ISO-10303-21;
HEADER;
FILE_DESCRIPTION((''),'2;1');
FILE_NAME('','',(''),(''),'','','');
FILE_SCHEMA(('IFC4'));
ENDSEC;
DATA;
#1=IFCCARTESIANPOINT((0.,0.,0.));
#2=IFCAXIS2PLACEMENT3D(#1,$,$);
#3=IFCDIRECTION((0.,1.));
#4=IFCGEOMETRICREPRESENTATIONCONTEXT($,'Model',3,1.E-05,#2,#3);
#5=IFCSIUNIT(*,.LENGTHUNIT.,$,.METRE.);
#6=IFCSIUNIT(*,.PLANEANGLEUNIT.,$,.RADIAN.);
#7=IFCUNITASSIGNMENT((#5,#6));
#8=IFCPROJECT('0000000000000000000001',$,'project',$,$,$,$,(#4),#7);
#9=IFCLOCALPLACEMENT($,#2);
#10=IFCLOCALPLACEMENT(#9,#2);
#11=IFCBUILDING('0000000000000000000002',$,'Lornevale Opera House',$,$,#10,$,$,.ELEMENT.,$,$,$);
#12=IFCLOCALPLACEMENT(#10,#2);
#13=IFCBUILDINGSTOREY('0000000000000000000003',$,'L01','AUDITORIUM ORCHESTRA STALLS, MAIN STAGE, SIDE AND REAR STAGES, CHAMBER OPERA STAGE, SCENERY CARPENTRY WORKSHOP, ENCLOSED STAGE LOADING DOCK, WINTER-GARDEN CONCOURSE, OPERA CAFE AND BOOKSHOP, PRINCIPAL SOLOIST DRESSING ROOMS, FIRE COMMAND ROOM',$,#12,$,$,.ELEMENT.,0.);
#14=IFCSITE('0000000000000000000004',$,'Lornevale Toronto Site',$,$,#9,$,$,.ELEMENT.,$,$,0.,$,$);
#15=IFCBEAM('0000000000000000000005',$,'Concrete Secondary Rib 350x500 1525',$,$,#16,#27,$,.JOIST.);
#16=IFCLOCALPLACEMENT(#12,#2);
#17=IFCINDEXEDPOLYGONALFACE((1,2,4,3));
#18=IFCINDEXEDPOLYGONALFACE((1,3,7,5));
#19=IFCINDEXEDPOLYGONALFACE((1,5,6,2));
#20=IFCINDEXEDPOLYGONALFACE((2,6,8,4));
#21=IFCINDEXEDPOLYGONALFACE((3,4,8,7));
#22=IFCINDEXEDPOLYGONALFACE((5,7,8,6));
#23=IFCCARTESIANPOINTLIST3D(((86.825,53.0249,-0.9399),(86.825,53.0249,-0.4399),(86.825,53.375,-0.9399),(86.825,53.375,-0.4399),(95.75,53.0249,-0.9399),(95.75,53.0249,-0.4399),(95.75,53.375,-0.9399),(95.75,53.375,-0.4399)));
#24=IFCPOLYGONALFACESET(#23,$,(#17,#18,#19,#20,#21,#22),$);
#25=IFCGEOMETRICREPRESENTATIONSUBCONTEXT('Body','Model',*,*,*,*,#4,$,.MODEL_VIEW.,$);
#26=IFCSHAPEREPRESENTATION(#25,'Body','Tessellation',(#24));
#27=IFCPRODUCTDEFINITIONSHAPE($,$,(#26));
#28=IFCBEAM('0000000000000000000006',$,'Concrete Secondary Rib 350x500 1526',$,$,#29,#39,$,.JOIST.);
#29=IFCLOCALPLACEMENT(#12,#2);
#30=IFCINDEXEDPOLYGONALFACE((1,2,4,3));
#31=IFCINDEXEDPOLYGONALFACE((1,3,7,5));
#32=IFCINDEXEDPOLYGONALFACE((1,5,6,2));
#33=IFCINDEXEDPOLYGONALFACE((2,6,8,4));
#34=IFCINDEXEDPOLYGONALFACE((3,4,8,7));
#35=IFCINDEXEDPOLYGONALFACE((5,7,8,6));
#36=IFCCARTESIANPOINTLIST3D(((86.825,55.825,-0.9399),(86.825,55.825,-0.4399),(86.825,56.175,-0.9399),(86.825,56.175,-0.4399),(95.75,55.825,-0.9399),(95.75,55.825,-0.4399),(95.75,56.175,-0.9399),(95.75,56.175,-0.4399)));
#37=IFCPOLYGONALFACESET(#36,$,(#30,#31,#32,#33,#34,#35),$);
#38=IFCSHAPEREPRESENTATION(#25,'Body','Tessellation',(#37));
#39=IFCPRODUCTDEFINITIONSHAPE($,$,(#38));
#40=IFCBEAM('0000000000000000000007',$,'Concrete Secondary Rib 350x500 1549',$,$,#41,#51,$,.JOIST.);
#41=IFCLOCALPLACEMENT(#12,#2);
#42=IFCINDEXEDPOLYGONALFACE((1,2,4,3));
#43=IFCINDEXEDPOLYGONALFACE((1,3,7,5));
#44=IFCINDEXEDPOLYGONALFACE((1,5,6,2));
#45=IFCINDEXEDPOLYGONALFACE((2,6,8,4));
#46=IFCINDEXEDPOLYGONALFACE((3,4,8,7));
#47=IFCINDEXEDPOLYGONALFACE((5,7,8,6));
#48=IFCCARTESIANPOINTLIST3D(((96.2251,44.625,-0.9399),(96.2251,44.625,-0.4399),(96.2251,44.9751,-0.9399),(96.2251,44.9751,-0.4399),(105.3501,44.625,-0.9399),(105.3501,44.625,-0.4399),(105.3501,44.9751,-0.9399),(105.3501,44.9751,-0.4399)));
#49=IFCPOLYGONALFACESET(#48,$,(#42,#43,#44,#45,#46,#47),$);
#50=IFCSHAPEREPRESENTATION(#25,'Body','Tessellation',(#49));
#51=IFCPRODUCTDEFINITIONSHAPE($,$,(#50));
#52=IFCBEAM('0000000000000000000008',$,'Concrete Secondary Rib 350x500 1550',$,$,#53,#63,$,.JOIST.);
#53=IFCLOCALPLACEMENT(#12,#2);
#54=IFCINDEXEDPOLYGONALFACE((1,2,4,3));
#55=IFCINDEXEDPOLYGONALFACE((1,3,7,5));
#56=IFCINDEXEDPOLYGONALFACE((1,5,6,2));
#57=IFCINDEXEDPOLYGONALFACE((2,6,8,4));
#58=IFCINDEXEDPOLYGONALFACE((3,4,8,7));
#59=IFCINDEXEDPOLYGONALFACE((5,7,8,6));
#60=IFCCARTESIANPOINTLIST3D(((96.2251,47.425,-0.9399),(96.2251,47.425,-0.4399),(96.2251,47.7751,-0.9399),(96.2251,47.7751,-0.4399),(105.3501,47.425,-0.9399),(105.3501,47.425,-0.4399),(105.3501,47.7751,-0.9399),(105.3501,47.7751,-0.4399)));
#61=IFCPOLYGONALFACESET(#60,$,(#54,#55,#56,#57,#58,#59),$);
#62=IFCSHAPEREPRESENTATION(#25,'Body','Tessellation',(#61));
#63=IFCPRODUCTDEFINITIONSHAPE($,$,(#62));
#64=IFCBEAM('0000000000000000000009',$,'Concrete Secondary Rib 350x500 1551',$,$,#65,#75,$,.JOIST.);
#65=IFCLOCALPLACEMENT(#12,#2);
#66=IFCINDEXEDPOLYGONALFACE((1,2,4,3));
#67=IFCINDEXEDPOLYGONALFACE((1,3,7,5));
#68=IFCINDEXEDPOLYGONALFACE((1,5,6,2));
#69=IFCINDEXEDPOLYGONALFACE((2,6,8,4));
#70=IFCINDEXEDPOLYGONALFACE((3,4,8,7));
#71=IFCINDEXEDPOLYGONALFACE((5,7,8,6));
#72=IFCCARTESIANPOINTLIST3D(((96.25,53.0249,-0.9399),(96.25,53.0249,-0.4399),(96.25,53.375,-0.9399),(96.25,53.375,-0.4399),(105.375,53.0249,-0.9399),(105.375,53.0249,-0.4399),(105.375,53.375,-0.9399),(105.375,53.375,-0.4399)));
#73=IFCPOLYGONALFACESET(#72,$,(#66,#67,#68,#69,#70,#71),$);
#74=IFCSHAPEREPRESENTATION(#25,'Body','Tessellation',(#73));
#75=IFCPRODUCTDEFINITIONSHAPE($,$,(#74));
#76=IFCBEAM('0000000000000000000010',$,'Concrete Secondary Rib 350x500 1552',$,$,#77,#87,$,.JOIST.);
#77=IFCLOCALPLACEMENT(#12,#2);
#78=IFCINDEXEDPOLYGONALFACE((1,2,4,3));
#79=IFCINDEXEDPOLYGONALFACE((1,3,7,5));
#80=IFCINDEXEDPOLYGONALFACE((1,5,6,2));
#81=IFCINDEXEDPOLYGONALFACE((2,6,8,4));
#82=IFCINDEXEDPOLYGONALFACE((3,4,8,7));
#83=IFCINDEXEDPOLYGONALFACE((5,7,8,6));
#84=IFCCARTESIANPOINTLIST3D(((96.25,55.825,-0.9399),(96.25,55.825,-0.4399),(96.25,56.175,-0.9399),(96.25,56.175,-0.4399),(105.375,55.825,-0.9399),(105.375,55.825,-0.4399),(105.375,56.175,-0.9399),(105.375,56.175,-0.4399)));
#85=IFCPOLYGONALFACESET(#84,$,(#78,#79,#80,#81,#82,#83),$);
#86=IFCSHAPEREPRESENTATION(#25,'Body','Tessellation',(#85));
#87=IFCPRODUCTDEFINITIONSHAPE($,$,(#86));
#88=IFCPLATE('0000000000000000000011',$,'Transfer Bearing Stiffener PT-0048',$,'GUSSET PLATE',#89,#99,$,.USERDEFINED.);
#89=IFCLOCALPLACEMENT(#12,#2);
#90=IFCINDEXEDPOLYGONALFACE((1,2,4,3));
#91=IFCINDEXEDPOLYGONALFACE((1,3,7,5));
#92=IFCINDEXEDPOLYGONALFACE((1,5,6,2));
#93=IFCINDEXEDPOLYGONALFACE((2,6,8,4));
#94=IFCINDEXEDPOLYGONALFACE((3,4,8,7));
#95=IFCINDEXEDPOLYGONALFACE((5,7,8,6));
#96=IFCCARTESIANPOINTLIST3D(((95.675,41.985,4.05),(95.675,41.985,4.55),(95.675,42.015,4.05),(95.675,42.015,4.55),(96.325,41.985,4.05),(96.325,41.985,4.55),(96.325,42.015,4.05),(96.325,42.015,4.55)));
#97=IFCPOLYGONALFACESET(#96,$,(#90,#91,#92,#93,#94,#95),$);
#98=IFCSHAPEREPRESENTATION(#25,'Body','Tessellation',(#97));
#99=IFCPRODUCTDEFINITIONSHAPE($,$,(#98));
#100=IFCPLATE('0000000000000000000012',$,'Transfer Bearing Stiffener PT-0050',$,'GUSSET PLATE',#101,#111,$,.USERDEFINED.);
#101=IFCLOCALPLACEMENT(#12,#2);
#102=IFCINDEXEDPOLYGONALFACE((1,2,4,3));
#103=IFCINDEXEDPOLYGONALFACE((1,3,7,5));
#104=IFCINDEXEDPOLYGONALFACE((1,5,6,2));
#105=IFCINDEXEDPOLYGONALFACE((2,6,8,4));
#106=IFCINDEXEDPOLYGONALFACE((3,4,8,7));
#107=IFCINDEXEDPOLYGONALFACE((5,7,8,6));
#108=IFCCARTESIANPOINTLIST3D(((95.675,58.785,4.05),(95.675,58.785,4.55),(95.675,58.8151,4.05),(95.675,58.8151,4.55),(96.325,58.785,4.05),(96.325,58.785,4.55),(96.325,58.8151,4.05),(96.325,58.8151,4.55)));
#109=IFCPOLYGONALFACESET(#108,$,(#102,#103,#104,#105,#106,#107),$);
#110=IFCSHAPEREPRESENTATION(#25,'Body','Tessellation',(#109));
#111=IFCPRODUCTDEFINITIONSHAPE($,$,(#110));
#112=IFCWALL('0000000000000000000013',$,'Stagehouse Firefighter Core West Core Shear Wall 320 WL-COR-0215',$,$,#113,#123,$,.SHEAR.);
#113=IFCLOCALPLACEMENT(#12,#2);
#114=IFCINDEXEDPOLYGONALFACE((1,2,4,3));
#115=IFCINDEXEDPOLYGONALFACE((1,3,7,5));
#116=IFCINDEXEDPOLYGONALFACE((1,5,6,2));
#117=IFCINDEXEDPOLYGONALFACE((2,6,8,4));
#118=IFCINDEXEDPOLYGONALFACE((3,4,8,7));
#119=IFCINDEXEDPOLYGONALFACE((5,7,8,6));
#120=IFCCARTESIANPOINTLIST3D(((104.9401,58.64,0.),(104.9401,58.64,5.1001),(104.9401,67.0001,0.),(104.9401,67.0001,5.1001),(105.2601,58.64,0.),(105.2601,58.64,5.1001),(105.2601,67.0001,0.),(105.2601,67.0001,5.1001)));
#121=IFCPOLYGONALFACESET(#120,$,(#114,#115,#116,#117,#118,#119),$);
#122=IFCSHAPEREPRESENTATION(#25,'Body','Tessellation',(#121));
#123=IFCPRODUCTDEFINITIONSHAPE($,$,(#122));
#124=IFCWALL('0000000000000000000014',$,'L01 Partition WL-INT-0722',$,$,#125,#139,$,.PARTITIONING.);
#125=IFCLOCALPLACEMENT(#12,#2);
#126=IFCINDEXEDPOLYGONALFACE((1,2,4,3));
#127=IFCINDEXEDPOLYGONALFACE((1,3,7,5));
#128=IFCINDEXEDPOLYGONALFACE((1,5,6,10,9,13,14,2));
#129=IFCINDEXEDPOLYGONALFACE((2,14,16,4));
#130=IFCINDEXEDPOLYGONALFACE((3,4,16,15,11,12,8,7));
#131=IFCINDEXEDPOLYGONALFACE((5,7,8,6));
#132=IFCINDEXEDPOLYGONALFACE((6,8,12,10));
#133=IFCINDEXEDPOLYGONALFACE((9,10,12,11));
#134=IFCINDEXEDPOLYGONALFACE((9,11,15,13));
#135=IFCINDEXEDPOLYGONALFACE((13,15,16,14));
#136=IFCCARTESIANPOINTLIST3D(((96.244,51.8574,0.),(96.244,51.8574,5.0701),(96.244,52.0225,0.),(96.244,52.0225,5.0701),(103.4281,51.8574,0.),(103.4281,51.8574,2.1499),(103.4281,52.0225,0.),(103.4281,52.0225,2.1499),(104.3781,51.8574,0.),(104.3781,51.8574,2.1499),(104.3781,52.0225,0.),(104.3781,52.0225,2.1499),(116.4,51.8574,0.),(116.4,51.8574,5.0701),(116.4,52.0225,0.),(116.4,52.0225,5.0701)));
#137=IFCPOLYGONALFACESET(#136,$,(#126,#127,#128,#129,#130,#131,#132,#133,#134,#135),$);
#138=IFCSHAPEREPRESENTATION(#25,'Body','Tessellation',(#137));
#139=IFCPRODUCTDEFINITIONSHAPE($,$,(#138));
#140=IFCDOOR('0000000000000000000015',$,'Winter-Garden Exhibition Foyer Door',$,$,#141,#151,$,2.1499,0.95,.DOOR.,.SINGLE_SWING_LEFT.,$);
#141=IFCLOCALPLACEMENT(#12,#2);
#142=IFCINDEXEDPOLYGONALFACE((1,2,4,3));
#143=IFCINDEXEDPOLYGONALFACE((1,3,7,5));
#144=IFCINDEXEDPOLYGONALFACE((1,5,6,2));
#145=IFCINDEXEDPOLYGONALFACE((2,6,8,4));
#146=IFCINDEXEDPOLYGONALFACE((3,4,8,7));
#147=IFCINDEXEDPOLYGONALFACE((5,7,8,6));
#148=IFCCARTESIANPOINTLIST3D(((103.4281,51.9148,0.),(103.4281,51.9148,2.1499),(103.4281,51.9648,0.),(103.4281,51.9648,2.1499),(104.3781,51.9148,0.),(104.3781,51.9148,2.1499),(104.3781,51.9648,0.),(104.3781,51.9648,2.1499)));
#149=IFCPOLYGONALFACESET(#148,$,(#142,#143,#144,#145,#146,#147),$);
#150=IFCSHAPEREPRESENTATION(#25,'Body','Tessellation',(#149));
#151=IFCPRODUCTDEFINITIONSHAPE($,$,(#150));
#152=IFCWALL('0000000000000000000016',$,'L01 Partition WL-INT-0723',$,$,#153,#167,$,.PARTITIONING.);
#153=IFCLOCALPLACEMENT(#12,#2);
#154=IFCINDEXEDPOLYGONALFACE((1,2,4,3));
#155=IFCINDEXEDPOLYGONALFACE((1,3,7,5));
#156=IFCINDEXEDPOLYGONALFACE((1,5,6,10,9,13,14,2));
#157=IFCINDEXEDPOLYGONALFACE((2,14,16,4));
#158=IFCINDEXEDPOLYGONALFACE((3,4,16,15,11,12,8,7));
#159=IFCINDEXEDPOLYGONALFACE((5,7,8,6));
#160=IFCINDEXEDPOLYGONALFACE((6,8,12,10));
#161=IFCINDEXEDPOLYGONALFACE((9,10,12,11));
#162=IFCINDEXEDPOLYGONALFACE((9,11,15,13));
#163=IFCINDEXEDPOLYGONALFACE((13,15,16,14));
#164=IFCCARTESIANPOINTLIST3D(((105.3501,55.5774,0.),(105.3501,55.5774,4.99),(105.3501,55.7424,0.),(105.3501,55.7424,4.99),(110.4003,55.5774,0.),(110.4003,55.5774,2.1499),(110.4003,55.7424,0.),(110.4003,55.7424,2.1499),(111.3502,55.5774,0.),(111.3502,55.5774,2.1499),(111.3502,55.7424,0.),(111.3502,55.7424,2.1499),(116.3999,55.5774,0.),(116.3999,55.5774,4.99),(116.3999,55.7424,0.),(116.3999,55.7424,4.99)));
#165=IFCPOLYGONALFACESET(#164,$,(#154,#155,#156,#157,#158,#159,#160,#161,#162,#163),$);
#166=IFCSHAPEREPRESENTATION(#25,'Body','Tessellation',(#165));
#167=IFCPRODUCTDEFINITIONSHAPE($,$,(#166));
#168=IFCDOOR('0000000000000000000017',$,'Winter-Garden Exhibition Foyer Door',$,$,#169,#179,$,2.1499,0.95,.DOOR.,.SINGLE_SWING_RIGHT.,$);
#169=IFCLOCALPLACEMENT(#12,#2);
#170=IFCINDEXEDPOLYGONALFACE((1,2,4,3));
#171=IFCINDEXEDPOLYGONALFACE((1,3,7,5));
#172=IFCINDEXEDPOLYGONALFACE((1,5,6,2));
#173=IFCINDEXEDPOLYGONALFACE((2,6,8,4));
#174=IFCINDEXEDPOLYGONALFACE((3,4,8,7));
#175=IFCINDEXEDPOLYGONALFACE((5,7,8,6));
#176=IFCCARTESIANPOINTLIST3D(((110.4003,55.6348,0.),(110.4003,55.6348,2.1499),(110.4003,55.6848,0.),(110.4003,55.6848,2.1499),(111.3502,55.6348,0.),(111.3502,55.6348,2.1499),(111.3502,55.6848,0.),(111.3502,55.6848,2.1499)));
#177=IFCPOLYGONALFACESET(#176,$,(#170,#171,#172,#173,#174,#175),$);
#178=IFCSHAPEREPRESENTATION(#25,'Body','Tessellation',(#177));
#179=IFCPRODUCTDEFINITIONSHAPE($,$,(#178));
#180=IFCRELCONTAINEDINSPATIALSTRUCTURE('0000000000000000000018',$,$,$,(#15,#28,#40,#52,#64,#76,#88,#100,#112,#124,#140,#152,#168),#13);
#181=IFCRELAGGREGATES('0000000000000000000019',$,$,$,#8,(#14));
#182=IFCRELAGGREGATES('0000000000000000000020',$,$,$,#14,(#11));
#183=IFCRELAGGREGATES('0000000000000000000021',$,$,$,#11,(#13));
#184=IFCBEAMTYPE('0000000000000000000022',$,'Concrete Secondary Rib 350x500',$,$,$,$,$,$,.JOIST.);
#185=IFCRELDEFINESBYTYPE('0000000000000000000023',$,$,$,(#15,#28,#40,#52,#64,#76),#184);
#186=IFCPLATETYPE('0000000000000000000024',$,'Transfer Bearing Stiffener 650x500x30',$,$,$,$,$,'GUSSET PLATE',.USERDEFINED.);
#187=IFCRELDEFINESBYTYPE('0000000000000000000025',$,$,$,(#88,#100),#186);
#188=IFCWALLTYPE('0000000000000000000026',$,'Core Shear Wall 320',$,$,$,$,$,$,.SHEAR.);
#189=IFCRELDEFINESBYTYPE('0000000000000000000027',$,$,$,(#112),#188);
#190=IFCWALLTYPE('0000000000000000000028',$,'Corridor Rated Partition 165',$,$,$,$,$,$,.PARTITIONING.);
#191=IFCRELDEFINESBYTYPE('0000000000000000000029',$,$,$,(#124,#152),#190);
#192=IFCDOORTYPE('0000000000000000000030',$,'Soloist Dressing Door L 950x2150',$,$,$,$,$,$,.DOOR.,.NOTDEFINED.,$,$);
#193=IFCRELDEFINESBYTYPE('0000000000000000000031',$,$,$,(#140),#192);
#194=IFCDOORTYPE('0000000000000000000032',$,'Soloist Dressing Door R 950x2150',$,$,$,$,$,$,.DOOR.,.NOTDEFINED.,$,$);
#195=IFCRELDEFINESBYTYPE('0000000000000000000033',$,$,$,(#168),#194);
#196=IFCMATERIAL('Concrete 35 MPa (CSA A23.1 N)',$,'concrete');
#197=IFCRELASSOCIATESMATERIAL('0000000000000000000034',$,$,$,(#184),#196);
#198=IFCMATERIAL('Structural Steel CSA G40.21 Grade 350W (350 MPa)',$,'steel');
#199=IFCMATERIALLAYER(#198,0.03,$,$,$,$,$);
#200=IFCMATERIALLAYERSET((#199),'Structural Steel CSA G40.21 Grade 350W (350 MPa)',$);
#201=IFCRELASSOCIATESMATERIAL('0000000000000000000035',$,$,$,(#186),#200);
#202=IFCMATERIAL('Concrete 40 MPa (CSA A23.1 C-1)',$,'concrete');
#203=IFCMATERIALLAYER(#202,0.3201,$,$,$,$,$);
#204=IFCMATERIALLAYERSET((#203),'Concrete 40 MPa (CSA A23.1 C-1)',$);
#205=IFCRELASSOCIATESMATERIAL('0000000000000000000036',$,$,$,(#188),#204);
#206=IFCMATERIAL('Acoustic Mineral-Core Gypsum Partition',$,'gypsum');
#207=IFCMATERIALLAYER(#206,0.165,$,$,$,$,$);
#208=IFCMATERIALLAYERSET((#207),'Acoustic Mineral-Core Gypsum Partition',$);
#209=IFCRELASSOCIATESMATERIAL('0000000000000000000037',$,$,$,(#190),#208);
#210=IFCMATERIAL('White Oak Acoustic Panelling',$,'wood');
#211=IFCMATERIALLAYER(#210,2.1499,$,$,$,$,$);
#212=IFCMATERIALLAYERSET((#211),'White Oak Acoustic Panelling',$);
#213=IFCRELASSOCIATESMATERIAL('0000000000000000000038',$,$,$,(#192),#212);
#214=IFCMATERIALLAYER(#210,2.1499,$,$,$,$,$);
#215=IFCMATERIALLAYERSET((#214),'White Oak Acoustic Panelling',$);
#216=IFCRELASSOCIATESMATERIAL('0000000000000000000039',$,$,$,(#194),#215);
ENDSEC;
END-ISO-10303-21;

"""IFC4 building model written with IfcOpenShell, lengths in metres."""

from ifc_helpers import new_model, si_unit, direction, frame, frame_2d, origin, origin_2d, place, context, subcontext, project, spatial, rectangle, extrude, material, layer, layer_set, material_profile, profile_set, type_object, element, fill, save


model = new_model("IFC4")

# Units and contexts
model_context = context("Model", 3, precision=1e-05, world=origin(), true_north=direction((0.0, 1.0)))
body_context = subcontext(model_context, "Body", "Model", "MODEL_VIEW")
ifc_project = project(units=[si_unit("LENGTHUNIT", "METRE"), si_unit("PLANEANGLEUNIT", "RADIAN")], contexts=[model_context])

# Site, building, storey
site_placement = place(None, origin())
site = spatial("IfcSite", under=ifc_project, at=site_placement, Name="Lornevale Toronto Site", CompositionType="ELEMENT", RefElevation=0.0)
building_placement = place(site_placement, origin())
building = spatial("IfcBuilding", under=site, at=building_placement, Name="Lornevale Opera House", CompositionType="ELEMENT")
storey_placement = place(building_placement, origin())
storey = spatial("IfcBuildingStorey", under=building, at=storey_placement, Name="L01", Description="AUDITORIUM ORCHESTRA STALLS, MAIN STAGE, SIDE AND REAR STAGES, CHAMBER OPERA STAGE, SCENERY CARPENTRY WORKSHOP, ENCLOSED STAGE LOADING DOCK, WINTER-GARDEN CONCOURSE, OPERA CAFE AND BOOKSHOP, PRINCIPAL SOLOIST DRESSING ROOMS, FIRE COMMAND ROOM", CompositionType="ELEMENT", Elevation=0.0)

# Shared definitions
ifc_material_1 = material(Name="Concrete 40 MPa (CSA A23.1 C-1)", Category="concrete")

# Beams
ifc_material_2 = material(Name="Concrete 35 MPa (CSA A23.1 N)", Category="concrete")
ifc_material_profile_1 = material_profile(ifc_material_2, rectangle(XDim=0.3501, YDim=0.5, at=origin_2d()), Name="RC350x500")
ifc_profile_set_1 = profile_set([ifc_material_profile_1], Name="Concrete 35 MPa (CSA A23.1 N)")
beam_type_1 = type_object("IfcBeamType", Name="Concrete Secondary Rib 350x500", PredefinedType="JOIST", material=ifc_profile_set_1)
for number, where, z_axis, x_axis, name in (
    (1, (86.825, 53.2, -0.6899), (1.0, 0.0, 0.0), (0.0, 1.0, 0.0), "Concrete Secondary Rib 350x500 1525"),
    (2, (86.825, 56.0, -0.6899), (1.0, 0.0, 0.0), (0.0, 1.0, 0.0), "Concrete Secondary Rib 350x500 1526"),
):
    element("IfcBeam", number, at=place(storey_placement, frame(where, z_axis=z_axis, x_axis=x_axis)), inside=storey, type_object=beam_type_1, Name=name, PredefinedType="JOIST", context=body_context, shape_type="SweptSolid", body=[
        extrude(rectangle(XDim=0.3501, YDim=0.5, at=origin_2d()), origin(), (0.0, 0.0, 1.0), 8.925),
    ])
for number, where, z_axis, x_axis, name in (
    (3, (96.2251, 44.8, -0.6899), (1.0, 0.0, 0.0), (0.0, 1.0, 0.0), "Concrete Secondary Rib 350x500 1549"),
    (4, (96.2251, 47.6001, -0.6899), (1.0, 0.0, 0.0), (0.0, 1.0, 0.0), "Concrete Secondary Rib 350x500 1550"),
    (5, (96.25, 53.2, -0.6899), (1.0, 0.0, 0.0), (0.0, 1.0, 0.0), "Concrete Secondary Rib 350x500 1551"),
    (6, (96.25, 56.0, -0.6899), (1.0, 0.0, 0.0), (0.0, 1.0, 0.0), "Concrete Secondary Rib 350x500 1552"),
):
    element("IfcBeam", number, at=place(storey_placement, frame(where, z_axis=z_axis, x_axis=x_axis)), inside=storey, type_object=beam_type_1, Name=name, PredefinedType="JOIST", context=body_context, shape_type="SweptSolid", body=[
        extrude(rectangle(XDim=0.3501, YDim=0.5, at=origin_2d()), origin(), (0.0, 0.0, 1.0), 9.125),
    ])

# Plates
ifc_material_3 = material(Name="Structural Steel CSA G40.21 Grade 350W (350 MPa)", Category="steel")
ifc_layer_1 = layer(ifc_material_3, 0.03)
ifc_layer_set_1 = layer_set([ifc_layer_1], Name="Structural Steel CSA G40.21 Grade 350W (350 MPa)")
plate_type = type_object("IfcPlateType", Name="Transfer Bearing Stiffener 650x500x30", ElementType="GUSSET PLATE", PredefinedType="USERDEFINED", material=ifc_layer_set_1)
for number, where, z_axis, x_axis, name in (
    (7, (96.0, 42.0, 4.05), (0.0, 0.0, 1.0), (1.0, 0.0, 0.0), "Transfer Bearing Stiffener PT-0048"),
    (8, (96.0, 58.8, 4.05), (0.0, 0.0, 1.0), (1.0, 0.0, 0.0), "Transfer Bearing Stiffener PT-0050"),
):
    element("IfcPlate", number, at=place(storey_placement, frame(where, z_axis=z_axis, x_axis=x_axis)), inside=storey, type_object=plate_type, Name=name, ObjectType="GUSSET PLATE", PredefinedType="USERDEFINED", context=body_context, shape_type="SweptSolid", body=[
        extrude(rectangle(XDim=0.6499, YDim=0.03, at=origin_2d()), origin(), (0.0, 0.0, 1.0), 0.5),
    ])

# Wall
ifc_layer_2 = layer(ifc_material_1, 0.3201)
ifc_layer_set_2 = layer_set([ifc_layer_2], Name="Concrete 40 MPa (CSA A23.1 C-1)")
wall_type_1 = type_object("IfcWallType", Name="Core Shear Wall 320", PredefinedType="SHEAR", material=ifc_layer_set_2)
wall_1_placement = place(storey_placement, frame((105.1001, 58.6399, 0.0), z_axis=(0.0, 0.0, 1.0), x_axis=(0.0, 1.0, 0.0)))
element("IfcWall", 9, at=wall_1_placement, inside=storey, type_object=wall_type_1, Name="Stagehouse Firefighter Core West Core Shear Wall 320 WL-COR-0215", PredefinedType="SHEAR", context=body_context, shape_type="SweptSolid", body=[
    extrude(rectangle(XDim=8.3601, YDim=0.3201, at=frame_2d((4.1802, 0.0))), origin(), (0.0, 0.0, 1.0), 5.1001),
])

# Walls, openings, doors
ifc_material_4 = material(Name="Acoustic Mineral-Core Gypsum Partition", Category="gypsum")
ifc_layer_3 = layer(ifc_material_4, 0.165)
ifc_layer_set_3 = layer_set([ifc_layer_3], Name="Acoustic Mineral-Core Gypsum Partition")
wall_type_2 = type_object("IfcWallType", Name="Corridor Rated Partition 165", PredefinedType="PARTITIONING", material=ifc_layer_set_3)
wall_2_placement = place(storey_placement, frame((96.2439, 51.9399, 0.0), z_axis=(0.0, 0.0, 1.0), x_axis=(1.0, 0.0, 0.0)))
wall_2 = element("IfcWall", 10, at=wall_2_placement, inside=storey, type_object=wall_type_2, Name="L01 Partition WL-INT-0722", PredefinedType="PARTITIONING", context=body_context, shape_type="SweptSolid", body=[
    extrude(rectangle(XDim=20.156, YDim=0.165, at=frame_2d((10.0781, 0.0))), origin(), (0.0, 0.0, 1.0), 5.0701),
])
opening_1_placement = place(wall_2_placement, frame((7.1841, 0.0, 0.0)))
opening_1 = element("IfcOpeningElement", 11, at=opening_1_placement, cuts=wall_2, PredefinedType="OPENING", context=body_context, shape_type="SweptSolid", body=[
    extrude(rectangle(XDim=0.95, YDim=2.1499, at=frame_2d((0.4751, 1.075))), frame((0.0, 0.0925, 0.0), z_axis=(0.0, -1.0, 0.0), x_axis=(1.0, 0.0, 0.0)), (0.0, 0.0, 1.0), 0.1851),
])
ifc_material_5 = material(Name="White Oak Acoustic Panelling", Category="wood")
ifc_layer_4 = layer(ifc_material_5, 2.1499)
ifc_layer_set_4 = layer_set([ifc_layer_4], Name="White Oak Acoustic Panelling")
door_type_1 = type_object("IfcDoorType", Name="Soloist Dressing Door L 950x2150", OperationType="NOTDEFINED", PredefinedType="DOOR", material=ifc_layer_set_4)
door_1_placement = place(opening_1_placement, origin())
door_1 = element("IfcDoor", 12, at=door_1_placement, inside=storey, type_object=door_type_1, Name="Winter-Garden Exhibition Foyer Door", OperationType="SINGLE_SWING_LEFT", OverallHeight=2.1499, OverallWidth=0.95, PredefinedType="DOOR", context=body_context, shape_type="SweptSolid", body=[
    extrude(rectangle(XDim=0.95, YDim=2.1499, at=frame_2d((0.4751, 1.075))), frame((0.0, 0.0249, 0.0), z_axis=(0.0, -1.0, 0.0), x_axis=(1.0, 0.0, 0.0)), (0.0, 0.0, 1.0), 0.05),
])
fill(opening_1, door_1)
wall_3_placement = place(storey_placement, frame((105.3501, 55.6599, 0.0), z_axis=(0.0, 0.0, 1.0), x_axis=(1.0, 0.0, 0.0)))
wall_3 = element("IfcWall", 13, at=wall_3_placement, inside=storey, type_object=wall_type_2, Name="L01 Partition WL-INT-0723", PredefinedType="PARTITIONING", context=body_context, shape_type="SweptSolid", body=[
    extrude(rectangle(XDim=11.0498, YDim=0.165, at=frame_2d((5.5249, 0.0))), origin(), (0.0, 0.0, 1.0), 4.99),
])
opening_2_placement = place(wall_3_placement, frame((5.05, 0.0, 0.0)))
opening_2 = element("IfcOpeningElement", 14, at=opening_2_placement, cuts=wall_3, PredefinedType="OPENING", context=body_context, shape_type="SweptSolid", body=[
    extrude(rectangle(XDim=0.95, YDim=2.1499, at=frame_2d((0.4751, 1.075))), frame((0.0, 0.0925, 0.0), z_axis=(0.0, -1.0, 0.0), x_axis=(1.0, 0.0, 0.0)), (0.0, 0.0, 1.0), 0.1851),
])
ifc_layer_5 = layer(ifc_material_5, 2.1499)
ifc_layer_set_5 = layer_set([ifc_layer_5], Name="White Oak Acoustic Panelling")
door_type_2 = type_object("IfcDoorType", Name="Soloist Dressing Door R 950x2150", OperationType="NOTDEFINED", PredefinedType="DOOR", material=ifc_layer_set_5)
door_2_placement = place(opening_2_placement, origin())
door_2 = element("IfcDoor", 15, at=door_2_placement, inside=storey, type_object=door_type_2, Name="Winter-Garden Exhibition Foyer Door", OperationType="SINGLE_SWING_RIGHT", OverallHeight=2.1499, OverallWidth=0.95, PredefinedType="DOOR", context=body_context, shape_type="SweptSolid", body=[
    extrude(rectangle(XDim=0.95, YDim=2.1499, at=frame_2d((0.4751, 1.075))), frame((0.0, 0.0249, 0.0), z_axis=(0.0, -1.0, 0.0), x_axis=(1.0, 0.0, 0.0)), (0.0, 0.0, 1.0), 0.05),
])
fill(opening_2, door_2)

save(model, "model.ifc")
